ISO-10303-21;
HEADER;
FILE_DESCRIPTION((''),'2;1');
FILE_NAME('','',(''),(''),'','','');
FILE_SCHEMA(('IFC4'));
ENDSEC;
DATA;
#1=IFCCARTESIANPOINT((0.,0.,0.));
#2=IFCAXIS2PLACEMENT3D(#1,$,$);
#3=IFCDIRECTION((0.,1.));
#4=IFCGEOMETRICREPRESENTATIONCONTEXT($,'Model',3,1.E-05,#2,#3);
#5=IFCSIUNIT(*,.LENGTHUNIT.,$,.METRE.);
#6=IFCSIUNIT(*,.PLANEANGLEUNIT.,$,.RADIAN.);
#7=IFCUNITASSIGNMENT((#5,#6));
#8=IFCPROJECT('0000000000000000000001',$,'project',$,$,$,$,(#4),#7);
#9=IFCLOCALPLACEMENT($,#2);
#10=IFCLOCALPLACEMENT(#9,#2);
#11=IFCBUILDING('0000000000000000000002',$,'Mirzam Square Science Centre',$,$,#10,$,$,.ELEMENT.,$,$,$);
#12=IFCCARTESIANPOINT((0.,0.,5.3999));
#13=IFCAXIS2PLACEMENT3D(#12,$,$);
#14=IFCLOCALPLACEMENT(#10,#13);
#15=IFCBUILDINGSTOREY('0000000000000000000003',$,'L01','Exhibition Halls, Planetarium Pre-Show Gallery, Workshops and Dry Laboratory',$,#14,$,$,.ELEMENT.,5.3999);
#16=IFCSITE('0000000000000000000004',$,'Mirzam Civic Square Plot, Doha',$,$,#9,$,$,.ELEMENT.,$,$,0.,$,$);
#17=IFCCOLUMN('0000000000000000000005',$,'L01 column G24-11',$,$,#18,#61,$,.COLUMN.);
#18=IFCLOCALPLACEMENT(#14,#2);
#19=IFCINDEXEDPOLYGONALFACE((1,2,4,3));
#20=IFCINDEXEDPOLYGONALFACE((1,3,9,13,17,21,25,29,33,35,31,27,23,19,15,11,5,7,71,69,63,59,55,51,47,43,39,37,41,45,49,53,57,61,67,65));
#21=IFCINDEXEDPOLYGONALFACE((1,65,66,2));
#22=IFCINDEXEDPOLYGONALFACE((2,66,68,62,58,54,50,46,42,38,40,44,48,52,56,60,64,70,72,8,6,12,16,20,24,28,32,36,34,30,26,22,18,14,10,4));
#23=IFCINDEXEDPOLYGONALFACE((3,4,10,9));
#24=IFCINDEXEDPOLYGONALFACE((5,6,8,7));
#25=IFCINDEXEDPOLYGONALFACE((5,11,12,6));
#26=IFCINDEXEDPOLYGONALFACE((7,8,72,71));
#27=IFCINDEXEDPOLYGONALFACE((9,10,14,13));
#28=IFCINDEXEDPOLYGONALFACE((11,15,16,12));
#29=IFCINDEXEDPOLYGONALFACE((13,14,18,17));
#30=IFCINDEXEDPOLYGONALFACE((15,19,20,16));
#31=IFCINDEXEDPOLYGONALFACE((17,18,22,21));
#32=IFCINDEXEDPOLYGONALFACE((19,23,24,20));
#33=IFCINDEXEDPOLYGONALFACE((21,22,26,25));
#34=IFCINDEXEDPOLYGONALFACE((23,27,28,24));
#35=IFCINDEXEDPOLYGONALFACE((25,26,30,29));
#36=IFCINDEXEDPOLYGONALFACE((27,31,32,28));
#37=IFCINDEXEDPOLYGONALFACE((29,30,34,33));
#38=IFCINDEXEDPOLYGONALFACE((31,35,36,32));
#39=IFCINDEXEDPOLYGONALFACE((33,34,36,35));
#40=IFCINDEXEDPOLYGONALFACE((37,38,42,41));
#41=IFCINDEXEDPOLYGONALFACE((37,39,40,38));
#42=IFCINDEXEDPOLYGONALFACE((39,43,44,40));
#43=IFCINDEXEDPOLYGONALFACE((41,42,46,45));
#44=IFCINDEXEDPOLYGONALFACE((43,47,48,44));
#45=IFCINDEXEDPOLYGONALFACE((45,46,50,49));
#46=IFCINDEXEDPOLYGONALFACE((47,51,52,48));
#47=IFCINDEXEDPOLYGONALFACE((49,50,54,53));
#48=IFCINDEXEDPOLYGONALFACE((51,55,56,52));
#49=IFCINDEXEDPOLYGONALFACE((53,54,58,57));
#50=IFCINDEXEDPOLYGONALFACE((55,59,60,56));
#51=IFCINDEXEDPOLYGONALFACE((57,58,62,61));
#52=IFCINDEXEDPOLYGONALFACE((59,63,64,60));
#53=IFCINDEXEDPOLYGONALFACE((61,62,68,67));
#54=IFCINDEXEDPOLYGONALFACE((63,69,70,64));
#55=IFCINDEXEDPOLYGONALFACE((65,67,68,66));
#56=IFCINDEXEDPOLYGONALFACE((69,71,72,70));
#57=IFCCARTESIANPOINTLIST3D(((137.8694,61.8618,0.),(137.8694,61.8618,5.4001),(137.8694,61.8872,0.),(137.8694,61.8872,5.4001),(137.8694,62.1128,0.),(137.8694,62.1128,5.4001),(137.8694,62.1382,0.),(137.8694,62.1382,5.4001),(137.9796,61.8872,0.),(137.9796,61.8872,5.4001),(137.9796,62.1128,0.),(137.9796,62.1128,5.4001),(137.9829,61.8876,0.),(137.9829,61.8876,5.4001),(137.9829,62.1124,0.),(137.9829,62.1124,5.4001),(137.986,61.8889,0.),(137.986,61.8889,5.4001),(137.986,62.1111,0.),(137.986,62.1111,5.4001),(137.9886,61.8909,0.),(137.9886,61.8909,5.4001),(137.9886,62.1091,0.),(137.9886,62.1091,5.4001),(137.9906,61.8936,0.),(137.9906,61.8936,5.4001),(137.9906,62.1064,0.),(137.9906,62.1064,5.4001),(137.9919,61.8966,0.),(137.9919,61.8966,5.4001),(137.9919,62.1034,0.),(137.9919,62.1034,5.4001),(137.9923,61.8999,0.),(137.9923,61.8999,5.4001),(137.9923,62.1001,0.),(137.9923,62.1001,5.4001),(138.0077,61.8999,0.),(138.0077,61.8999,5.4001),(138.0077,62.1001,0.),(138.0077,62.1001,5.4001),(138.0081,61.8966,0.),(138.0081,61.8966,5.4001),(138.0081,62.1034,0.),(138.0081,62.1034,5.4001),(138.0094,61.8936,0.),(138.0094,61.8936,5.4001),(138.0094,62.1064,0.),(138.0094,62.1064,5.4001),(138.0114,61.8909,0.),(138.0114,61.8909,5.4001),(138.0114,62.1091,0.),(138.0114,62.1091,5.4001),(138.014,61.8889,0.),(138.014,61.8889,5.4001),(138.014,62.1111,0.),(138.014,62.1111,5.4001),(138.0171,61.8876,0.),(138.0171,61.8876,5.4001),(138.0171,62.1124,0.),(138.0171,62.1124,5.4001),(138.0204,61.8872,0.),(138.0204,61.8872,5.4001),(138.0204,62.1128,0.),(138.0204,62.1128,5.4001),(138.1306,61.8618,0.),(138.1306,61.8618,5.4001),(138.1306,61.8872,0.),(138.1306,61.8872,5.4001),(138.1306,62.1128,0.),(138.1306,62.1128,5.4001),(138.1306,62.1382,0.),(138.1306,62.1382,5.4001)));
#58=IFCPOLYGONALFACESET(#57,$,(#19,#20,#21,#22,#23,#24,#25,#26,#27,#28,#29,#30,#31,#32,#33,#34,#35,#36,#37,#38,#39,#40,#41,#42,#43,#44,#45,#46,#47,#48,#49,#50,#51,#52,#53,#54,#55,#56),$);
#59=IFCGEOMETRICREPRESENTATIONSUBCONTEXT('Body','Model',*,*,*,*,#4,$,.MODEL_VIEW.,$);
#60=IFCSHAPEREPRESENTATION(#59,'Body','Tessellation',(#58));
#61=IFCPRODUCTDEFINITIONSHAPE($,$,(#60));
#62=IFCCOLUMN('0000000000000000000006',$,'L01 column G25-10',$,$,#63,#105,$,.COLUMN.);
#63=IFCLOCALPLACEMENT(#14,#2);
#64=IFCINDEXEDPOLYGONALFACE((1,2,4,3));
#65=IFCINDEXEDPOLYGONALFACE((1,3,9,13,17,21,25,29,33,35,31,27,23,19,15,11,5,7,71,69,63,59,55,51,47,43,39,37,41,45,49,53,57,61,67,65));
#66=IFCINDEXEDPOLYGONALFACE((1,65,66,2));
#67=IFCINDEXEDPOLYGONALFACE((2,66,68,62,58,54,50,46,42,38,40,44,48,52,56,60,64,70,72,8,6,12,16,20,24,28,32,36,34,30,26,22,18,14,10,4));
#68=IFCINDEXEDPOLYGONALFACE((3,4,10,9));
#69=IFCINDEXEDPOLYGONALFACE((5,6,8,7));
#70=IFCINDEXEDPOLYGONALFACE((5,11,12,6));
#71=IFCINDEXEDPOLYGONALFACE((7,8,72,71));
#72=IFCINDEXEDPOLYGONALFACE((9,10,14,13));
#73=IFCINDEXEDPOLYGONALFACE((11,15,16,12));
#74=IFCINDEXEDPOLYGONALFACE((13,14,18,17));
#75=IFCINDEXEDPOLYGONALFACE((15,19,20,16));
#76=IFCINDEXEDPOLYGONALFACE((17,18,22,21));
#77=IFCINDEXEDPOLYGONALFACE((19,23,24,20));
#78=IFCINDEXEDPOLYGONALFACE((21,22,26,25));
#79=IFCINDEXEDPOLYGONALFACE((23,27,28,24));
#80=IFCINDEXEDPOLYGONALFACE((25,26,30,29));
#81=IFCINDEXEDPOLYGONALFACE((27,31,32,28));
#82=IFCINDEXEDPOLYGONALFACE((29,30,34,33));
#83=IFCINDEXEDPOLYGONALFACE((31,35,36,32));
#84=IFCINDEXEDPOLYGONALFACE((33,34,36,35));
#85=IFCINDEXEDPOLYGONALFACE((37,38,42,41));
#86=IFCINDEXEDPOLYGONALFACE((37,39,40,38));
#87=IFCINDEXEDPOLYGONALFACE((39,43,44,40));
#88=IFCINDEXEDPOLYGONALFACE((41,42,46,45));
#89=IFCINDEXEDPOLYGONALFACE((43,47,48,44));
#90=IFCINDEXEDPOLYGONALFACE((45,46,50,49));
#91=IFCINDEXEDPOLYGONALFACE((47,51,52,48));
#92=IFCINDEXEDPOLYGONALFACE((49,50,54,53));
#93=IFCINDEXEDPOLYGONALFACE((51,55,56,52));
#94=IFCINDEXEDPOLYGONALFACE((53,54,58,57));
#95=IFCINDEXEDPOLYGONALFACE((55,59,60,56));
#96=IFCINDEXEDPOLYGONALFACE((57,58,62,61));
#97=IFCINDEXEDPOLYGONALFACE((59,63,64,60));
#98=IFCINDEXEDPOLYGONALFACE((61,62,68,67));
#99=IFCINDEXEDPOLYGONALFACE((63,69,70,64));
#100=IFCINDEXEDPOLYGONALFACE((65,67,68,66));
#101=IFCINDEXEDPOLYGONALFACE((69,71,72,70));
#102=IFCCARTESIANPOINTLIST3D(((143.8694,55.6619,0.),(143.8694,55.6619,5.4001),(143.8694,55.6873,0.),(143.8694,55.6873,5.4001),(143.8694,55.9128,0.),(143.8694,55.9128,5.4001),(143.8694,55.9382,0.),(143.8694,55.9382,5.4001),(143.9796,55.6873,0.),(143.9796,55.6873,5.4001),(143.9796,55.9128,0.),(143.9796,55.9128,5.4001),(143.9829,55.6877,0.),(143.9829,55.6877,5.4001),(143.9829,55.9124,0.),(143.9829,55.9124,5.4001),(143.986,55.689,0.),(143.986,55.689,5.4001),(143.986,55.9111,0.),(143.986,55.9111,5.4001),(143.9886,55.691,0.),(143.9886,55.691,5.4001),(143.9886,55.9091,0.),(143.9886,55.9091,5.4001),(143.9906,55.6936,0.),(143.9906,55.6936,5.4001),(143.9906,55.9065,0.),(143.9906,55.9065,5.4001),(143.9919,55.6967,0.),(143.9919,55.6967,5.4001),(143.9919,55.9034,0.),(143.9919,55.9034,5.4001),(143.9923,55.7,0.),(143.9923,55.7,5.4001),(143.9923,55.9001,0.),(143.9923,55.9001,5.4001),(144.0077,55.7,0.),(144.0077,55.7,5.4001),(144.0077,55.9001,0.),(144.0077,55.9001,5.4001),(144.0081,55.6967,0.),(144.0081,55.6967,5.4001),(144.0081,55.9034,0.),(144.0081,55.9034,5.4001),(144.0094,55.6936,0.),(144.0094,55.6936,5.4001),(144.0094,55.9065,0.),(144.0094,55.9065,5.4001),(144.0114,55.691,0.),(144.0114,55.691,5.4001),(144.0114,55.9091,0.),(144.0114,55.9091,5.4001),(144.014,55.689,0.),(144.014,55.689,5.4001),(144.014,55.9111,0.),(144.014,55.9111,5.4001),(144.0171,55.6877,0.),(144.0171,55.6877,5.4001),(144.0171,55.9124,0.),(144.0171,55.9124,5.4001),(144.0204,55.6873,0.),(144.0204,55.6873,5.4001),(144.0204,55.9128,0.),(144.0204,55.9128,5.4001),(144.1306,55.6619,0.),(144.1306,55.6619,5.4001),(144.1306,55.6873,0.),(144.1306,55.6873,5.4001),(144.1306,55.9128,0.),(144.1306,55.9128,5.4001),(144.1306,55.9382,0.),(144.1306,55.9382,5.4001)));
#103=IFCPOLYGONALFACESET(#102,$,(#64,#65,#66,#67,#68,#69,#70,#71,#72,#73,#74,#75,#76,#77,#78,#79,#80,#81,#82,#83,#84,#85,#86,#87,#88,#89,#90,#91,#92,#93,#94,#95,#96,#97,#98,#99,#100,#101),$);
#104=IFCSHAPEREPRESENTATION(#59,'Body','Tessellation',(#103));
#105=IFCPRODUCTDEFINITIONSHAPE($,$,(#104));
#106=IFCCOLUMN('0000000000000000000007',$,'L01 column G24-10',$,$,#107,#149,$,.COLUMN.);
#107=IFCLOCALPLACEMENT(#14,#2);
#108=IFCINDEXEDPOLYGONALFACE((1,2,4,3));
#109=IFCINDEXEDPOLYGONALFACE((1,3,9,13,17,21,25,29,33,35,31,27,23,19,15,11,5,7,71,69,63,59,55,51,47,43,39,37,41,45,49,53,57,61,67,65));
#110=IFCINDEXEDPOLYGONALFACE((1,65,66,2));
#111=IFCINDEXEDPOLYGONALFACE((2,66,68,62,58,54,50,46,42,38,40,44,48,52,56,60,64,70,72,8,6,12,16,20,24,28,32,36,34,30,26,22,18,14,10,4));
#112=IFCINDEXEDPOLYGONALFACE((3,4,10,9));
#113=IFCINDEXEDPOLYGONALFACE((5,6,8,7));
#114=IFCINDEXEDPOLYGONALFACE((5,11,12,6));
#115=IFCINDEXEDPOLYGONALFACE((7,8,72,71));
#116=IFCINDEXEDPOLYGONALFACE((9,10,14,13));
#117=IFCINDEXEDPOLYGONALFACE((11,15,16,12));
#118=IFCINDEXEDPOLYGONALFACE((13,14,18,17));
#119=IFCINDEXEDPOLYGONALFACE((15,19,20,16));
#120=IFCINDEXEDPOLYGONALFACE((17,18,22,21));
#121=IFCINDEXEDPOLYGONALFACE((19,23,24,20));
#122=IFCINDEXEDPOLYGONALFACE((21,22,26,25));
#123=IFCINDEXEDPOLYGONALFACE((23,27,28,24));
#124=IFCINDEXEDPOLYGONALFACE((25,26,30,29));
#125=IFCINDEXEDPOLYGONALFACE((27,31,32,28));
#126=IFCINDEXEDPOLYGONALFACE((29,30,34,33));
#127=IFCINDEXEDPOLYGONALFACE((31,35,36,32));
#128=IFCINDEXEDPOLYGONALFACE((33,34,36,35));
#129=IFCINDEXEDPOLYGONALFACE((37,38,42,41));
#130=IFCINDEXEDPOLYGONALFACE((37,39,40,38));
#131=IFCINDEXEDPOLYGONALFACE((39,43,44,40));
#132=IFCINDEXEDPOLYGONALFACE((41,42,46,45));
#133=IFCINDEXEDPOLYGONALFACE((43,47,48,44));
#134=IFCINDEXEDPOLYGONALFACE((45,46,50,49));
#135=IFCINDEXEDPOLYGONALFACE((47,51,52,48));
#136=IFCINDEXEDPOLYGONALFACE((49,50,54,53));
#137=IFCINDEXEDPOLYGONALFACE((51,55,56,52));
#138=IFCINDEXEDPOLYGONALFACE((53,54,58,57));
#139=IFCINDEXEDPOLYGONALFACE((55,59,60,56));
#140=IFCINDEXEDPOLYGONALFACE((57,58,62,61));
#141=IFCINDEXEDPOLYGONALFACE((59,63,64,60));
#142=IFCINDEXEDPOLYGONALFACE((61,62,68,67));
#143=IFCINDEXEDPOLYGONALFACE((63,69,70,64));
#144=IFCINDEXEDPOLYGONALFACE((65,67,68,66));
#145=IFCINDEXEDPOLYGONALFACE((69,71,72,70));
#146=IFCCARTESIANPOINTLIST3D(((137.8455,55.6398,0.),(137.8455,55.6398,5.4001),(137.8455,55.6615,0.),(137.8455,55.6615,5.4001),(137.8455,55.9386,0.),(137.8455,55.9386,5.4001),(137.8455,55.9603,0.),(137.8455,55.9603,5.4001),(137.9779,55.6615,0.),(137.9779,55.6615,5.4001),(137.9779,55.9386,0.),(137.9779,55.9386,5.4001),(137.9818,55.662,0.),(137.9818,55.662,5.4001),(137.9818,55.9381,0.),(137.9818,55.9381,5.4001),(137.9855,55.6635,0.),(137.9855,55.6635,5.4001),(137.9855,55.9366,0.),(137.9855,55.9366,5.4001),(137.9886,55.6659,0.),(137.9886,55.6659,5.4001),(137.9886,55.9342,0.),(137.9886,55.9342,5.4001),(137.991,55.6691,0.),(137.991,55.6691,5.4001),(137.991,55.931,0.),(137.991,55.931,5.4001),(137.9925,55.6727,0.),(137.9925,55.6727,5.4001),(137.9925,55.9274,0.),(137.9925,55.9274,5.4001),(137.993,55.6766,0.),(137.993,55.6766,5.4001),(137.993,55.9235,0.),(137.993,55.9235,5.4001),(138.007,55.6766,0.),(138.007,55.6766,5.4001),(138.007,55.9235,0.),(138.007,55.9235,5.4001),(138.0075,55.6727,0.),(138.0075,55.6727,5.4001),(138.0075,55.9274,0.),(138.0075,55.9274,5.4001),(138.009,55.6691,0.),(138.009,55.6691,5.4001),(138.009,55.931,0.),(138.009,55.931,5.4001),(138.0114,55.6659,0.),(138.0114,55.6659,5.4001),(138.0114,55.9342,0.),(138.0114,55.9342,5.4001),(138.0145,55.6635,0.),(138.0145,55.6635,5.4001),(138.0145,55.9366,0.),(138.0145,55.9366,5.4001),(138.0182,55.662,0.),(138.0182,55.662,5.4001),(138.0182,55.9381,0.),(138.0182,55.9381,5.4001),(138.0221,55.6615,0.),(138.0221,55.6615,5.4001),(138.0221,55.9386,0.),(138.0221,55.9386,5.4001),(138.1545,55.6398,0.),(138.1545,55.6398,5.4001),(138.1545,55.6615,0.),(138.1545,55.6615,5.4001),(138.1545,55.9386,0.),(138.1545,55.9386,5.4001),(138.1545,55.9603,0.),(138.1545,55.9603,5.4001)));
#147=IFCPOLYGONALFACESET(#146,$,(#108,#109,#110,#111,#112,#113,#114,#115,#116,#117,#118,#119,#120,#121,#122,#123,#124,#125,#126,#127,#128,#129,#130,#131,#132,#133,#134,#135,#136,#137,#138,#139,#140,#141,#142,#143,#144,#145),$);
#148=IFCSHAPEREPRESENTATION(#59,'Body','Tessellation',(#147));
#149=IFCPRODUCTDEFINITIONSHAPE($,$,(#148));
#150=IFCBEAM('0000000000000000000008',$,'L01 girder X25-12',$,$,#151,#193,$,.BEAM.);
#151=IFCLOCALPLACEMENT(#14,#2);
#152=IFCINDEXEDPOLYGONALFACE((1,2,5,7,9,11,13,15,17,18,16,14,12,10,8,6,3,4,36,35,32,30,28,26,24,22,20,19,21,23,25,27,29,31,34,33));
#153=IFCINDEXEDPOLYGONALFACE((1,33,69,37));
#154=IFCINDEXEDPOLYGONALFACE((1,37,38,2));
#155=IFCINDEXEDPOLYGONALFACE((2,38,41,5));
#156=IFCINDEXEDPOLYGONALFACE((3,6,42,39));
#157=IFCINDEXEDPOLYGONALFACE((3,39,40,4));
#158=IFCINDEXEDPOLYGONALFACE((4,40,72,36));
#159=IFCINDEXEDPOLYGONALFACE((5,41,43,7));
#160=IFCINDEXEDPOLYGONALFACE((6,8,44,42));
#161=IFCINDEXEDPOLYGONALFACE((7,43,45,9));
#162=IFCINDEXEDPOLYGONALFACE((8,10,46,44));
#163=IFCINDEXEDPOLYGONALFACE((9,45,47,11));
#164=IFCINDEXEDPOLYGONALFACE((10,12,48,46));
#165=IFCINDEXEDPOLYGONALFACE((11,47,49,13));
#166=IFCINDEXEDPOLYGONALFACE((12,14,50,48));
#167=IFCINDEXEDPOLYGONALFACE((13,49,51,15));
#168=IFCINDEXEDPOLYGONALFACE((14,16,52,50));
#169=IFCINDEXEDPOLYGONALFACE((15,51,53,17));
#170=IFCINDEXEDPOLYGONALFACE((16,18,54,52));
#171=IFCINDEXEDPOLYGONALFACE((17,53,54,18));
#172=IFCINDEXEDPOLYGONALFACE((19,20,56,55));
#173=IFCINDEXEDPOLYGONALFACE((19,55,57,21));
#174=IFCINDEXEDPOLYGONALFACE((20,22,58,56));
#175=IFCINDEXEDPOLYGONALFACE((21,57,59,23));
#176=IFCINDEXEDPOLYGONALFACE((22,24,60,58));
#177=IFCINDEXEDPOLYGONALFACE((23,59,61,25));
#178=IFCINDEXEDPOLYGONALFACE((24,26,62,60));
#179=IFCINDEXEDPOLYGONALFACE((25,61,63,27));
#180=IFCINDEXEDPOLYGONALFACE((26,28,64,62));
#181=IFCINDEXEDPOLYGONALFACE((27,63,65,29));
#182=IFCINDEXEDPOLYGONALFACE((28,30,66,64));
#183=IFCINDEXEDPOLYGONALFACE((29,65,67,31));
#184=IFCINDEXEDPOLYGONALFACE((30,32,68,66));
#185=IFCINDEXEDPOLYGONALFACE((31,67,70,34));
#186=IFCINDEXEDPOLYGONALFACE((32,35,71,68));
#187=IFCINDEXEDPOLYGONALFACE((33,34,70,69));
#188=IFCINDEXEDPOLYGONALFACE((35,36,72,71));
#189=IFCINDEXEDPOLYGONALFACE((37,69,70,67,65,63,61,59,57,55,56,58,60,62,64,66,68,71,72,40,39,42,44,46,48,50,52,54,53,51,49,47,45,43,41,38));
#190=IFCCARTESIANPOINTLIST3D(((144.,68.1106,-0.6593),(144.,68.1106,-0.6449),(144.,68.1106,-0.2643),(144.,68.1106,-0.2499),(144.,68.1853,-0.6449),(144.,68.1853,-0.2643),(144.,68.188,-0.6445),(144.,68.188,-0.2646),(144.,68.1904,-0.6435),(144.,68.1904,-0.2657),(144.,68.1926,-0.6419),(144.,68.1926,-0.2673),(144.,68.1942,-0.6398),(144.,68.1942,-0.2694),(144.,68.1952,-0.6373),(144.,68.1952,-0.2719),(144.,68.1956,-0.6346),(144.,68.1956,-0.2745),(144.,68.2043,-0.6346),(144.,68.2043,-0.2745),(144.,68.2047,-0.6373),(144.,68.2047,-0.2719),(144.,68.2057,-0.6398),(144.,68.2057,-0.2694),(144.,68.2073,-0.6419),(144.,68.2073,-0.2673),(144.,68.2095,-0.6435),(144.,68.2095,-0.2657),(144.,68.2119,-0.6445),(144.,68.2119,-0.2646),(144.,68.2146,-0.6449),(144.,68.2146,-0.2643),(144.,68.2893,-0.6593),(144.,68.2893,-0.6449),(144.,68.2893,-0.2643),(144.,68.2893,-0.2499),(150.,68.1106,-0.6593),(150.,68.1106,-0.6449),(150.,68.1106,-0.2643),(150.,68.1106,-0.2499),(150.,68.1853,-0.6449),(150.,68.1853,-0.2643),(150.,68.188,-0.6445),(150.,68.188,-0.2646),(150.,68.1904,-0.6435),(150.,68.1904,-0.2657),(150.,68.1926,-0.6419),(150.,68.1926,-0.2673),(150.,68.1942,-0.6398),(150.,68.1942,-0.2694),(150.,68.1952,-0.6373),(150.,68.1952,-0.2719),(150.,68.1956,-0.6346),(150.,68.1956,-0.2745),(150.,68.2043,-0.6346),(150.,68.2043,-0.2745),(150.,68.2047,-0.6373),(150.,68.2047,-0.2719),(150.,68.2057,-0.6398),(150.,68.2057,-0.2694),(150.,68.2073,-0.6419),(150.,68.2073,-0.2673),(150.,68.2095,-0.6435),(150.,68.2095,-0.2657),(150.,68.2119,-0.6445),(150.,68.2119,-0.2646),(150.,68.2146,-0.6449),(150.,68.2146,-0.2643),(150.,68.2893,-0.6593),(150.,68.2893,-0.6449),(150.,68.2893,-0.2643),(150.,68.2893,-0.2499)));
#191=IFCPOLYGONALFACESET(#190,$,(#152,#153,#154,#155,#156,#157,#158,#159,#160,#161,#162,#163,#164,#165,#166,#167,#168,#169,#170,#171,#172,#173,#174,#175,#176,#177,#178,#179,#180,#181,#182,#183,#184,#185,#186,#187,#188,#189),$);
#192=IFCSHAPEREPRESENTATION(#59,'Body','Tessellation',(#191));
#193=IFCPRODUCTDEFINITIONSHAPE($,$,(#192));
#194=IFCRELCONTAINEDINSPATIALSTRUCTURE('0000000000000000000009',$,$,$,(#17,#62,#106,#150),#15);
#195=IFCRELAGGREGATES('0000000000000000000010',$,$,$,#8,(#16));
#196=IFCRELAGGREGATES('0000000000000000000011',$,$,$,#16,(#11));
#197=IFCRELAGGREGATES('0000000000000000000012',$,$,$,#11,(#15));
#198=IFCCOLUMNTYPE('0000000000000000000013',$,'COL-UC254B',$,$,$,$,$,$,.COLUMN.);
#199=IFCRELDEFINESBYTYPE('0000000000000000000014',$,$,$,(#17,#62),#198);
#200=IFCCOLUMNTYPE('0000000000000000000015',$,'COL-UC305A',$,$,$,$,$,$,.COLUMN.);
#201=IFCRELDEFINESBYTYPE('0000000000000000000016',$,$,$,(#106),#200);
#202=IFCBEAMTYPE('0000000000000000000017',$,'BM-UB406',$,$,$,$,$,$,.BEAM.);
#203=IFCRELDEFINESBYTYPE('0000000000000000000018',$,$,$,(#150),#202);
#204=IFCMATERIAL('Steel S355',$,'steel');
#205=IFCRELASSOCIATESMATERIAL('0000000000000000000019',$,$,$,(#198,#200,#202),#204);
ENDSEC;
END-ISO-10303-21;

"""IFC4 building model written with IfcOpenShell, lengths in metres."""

from ifc_helpers import new_model, si_unit, direction, frame, origin, origin_2d, place, context, subcontext, project, spatial, i_section, extrude, material, material_profile, profile_set, type_object, element, save


model = new_model("IFC4")

# Units and contexts
model_context = context("Model", 3, precision=1e-05, world=origin(), true_north=direction((0.0, 1.0)))
body_context = subcontext(model_context, "Body", "Model", "MODEL_VIEW")
ifc_project = project(units=[si_unit("LENGTHUNIT", "METRE"), si_unit("PLANEANGLEUNIT", "RADIAN")], contexts=[model_context])

# Site, building, storey
site_placement = place(None, origin())
site = spatial("IfcSite", under=ifc_project, at=site_placement, Name="Mirzam Civic Square Plot, Doha", CompositionType="ELEMENT", RefElevation=0.0)
building_placement = place(site_placement, origin())
building = spatial("IfcBuilding", under=site, at=building_placement, Name="Mirzam Square Science Centre", CompositionType="ELEMENT")
storey_placement = place(building_placement, frame((0.0, 0.0, 5.3999)))
storey = spatial("IfcBuildingStorey", under=building, at=storey_placement, Name="L01", Description="Exhibition Halls, Planetarium Pre-Show Gallery, Workshops and Dry Laboratory", CompositionType="ELEMENT", Elevation=5.3999)

# Columns
ifc_material = material(Name="Steel S355", Category="steel")
ifc_material_profile_1 = material_profile(ifc_material, i_section(OverallWidth=0.2612, OverallDepth=0.2764, WebThickness=0.0154, FlangeThickness=0.0254, FilletRadius=0.0127, at=origin_2d()), Name="254x254x132UC")
ifc_profile_set_1 = profile_set([ifc_material_profile_1], Name="Steel S355")
column_type_1 = type_object("IfcColumnType", Name="COL-UC254B", PredefinedType="COLUMN", material=ifc_profile_set_1)
for number, where, z_axis, x_axis, name in (
    (1, (138.0, 62.0, 0.0), (0.0, 0.0, 1.0), (1.0, 0.0, 0.0), "L01 column G24-11"),
    (2, (144.0, 55.8, 0.0), (0.0, 0.0, 1.0), (1.0, 0.0, 0.0), "L01 column G25-10"),
):
    element("IfcColumn", number, at=place(storey_placement, frame(where, z_axis=z_axis, x_axis=x_axis)), inside=storey, type_object=column_type_1, Name=name, PredefinedType="COLUMN", context=body_context, shape_type="SweptSolid", body=[
        extrude(i_section(OverallWidth=0.2612, OverallDepth=0.2764, WebThickness=0.0154, FlangeThickness=0.0254, FilletRadius=0.0127, at=origin_2d()), origin(), (0.0, 0.0, 1.0), 5.4001),
    ])
ifc_material_profile_2 = material_profile(ifc_material, i_section(OverallWidth=0.3091, OverallDepth=0.3206, WebThickness=0.0139, FlangeThickness=0.0217, FilletRadius=0.0151, at=origin_2d()), Name="305x305x137UC")
ifc_profile_set_2 = profile_set([ifc_material_profile_2], Name="Steel S355")
column_type_2 = type_object("IfcColumnType", Name="COL-UC305A", PredefinedType="COLUMN", material=ifc_profile_set_2)
column_1_placement = place(storey_placement, frame((138.0, 55.8, 0.0), z_axis=(0.0, 0.0, 1.0), x_axis=(1.0, 0.0, 0.0)))
element("IfcColumn", 3, at=column_1_placement, inside=storey, type_object=column_type_2, Name="L01 column G24-10", PredefinedType="COLUMN", context=body_context, shape_type="SweptSolid", body=[
    extrude(i_section(OverallWidth=0.3091, OverallDepth=0.3206, WebThickness=0.0139, FlangeThickness=0.0217, FilletRadius=0.0151, at=origin_2d()), origin(), (0.0, 0.0, 1.0), 5.4001),
])

# Beam
ifc_material_profile_3 = material_profile(ifc_material, i_section(OverallWidth=0.1787, OverallDepth=0.4094, WebThickness=0.0088, FlangeThickness=0.0144, FilletRadius=0.0103, at=origin_2d()), Name="406x178x67UB")
ifc_profile_set_3 = profile_set([ifc_material_profile_3], Name="Steel S355")
beam_type_1 = type_object("IfcBeamType", Name="BM-UB406", PredefinedType="BEAM", material=ifc_profile_set_3)
beam_1_placement = place(storey_placement, frame((144.0, 68.2, -0.4546), z_axis=(1.0, 0.0, 0.0), x_axis=(0.0, 1.0, 0.0)))
element("IfcBeam", 4, at=beam_1_placement, inside=storey, type_object=beam_type_1, Name="L01 girder X25-12", PredefinedType="BEAM", context=body_context, shape_type="SweptSolid", body=[
    extrude(i_section(OverallWidth=0.1787, OverallDepth=0.4094, WebThickness=0.0088, FlangeThickness=0.0144, FilletRadius=0.0103, at=origin_2d()), origin(), (0.0, 0.0, 1.0), 6.0),
])

save(model, "model.ifc")
